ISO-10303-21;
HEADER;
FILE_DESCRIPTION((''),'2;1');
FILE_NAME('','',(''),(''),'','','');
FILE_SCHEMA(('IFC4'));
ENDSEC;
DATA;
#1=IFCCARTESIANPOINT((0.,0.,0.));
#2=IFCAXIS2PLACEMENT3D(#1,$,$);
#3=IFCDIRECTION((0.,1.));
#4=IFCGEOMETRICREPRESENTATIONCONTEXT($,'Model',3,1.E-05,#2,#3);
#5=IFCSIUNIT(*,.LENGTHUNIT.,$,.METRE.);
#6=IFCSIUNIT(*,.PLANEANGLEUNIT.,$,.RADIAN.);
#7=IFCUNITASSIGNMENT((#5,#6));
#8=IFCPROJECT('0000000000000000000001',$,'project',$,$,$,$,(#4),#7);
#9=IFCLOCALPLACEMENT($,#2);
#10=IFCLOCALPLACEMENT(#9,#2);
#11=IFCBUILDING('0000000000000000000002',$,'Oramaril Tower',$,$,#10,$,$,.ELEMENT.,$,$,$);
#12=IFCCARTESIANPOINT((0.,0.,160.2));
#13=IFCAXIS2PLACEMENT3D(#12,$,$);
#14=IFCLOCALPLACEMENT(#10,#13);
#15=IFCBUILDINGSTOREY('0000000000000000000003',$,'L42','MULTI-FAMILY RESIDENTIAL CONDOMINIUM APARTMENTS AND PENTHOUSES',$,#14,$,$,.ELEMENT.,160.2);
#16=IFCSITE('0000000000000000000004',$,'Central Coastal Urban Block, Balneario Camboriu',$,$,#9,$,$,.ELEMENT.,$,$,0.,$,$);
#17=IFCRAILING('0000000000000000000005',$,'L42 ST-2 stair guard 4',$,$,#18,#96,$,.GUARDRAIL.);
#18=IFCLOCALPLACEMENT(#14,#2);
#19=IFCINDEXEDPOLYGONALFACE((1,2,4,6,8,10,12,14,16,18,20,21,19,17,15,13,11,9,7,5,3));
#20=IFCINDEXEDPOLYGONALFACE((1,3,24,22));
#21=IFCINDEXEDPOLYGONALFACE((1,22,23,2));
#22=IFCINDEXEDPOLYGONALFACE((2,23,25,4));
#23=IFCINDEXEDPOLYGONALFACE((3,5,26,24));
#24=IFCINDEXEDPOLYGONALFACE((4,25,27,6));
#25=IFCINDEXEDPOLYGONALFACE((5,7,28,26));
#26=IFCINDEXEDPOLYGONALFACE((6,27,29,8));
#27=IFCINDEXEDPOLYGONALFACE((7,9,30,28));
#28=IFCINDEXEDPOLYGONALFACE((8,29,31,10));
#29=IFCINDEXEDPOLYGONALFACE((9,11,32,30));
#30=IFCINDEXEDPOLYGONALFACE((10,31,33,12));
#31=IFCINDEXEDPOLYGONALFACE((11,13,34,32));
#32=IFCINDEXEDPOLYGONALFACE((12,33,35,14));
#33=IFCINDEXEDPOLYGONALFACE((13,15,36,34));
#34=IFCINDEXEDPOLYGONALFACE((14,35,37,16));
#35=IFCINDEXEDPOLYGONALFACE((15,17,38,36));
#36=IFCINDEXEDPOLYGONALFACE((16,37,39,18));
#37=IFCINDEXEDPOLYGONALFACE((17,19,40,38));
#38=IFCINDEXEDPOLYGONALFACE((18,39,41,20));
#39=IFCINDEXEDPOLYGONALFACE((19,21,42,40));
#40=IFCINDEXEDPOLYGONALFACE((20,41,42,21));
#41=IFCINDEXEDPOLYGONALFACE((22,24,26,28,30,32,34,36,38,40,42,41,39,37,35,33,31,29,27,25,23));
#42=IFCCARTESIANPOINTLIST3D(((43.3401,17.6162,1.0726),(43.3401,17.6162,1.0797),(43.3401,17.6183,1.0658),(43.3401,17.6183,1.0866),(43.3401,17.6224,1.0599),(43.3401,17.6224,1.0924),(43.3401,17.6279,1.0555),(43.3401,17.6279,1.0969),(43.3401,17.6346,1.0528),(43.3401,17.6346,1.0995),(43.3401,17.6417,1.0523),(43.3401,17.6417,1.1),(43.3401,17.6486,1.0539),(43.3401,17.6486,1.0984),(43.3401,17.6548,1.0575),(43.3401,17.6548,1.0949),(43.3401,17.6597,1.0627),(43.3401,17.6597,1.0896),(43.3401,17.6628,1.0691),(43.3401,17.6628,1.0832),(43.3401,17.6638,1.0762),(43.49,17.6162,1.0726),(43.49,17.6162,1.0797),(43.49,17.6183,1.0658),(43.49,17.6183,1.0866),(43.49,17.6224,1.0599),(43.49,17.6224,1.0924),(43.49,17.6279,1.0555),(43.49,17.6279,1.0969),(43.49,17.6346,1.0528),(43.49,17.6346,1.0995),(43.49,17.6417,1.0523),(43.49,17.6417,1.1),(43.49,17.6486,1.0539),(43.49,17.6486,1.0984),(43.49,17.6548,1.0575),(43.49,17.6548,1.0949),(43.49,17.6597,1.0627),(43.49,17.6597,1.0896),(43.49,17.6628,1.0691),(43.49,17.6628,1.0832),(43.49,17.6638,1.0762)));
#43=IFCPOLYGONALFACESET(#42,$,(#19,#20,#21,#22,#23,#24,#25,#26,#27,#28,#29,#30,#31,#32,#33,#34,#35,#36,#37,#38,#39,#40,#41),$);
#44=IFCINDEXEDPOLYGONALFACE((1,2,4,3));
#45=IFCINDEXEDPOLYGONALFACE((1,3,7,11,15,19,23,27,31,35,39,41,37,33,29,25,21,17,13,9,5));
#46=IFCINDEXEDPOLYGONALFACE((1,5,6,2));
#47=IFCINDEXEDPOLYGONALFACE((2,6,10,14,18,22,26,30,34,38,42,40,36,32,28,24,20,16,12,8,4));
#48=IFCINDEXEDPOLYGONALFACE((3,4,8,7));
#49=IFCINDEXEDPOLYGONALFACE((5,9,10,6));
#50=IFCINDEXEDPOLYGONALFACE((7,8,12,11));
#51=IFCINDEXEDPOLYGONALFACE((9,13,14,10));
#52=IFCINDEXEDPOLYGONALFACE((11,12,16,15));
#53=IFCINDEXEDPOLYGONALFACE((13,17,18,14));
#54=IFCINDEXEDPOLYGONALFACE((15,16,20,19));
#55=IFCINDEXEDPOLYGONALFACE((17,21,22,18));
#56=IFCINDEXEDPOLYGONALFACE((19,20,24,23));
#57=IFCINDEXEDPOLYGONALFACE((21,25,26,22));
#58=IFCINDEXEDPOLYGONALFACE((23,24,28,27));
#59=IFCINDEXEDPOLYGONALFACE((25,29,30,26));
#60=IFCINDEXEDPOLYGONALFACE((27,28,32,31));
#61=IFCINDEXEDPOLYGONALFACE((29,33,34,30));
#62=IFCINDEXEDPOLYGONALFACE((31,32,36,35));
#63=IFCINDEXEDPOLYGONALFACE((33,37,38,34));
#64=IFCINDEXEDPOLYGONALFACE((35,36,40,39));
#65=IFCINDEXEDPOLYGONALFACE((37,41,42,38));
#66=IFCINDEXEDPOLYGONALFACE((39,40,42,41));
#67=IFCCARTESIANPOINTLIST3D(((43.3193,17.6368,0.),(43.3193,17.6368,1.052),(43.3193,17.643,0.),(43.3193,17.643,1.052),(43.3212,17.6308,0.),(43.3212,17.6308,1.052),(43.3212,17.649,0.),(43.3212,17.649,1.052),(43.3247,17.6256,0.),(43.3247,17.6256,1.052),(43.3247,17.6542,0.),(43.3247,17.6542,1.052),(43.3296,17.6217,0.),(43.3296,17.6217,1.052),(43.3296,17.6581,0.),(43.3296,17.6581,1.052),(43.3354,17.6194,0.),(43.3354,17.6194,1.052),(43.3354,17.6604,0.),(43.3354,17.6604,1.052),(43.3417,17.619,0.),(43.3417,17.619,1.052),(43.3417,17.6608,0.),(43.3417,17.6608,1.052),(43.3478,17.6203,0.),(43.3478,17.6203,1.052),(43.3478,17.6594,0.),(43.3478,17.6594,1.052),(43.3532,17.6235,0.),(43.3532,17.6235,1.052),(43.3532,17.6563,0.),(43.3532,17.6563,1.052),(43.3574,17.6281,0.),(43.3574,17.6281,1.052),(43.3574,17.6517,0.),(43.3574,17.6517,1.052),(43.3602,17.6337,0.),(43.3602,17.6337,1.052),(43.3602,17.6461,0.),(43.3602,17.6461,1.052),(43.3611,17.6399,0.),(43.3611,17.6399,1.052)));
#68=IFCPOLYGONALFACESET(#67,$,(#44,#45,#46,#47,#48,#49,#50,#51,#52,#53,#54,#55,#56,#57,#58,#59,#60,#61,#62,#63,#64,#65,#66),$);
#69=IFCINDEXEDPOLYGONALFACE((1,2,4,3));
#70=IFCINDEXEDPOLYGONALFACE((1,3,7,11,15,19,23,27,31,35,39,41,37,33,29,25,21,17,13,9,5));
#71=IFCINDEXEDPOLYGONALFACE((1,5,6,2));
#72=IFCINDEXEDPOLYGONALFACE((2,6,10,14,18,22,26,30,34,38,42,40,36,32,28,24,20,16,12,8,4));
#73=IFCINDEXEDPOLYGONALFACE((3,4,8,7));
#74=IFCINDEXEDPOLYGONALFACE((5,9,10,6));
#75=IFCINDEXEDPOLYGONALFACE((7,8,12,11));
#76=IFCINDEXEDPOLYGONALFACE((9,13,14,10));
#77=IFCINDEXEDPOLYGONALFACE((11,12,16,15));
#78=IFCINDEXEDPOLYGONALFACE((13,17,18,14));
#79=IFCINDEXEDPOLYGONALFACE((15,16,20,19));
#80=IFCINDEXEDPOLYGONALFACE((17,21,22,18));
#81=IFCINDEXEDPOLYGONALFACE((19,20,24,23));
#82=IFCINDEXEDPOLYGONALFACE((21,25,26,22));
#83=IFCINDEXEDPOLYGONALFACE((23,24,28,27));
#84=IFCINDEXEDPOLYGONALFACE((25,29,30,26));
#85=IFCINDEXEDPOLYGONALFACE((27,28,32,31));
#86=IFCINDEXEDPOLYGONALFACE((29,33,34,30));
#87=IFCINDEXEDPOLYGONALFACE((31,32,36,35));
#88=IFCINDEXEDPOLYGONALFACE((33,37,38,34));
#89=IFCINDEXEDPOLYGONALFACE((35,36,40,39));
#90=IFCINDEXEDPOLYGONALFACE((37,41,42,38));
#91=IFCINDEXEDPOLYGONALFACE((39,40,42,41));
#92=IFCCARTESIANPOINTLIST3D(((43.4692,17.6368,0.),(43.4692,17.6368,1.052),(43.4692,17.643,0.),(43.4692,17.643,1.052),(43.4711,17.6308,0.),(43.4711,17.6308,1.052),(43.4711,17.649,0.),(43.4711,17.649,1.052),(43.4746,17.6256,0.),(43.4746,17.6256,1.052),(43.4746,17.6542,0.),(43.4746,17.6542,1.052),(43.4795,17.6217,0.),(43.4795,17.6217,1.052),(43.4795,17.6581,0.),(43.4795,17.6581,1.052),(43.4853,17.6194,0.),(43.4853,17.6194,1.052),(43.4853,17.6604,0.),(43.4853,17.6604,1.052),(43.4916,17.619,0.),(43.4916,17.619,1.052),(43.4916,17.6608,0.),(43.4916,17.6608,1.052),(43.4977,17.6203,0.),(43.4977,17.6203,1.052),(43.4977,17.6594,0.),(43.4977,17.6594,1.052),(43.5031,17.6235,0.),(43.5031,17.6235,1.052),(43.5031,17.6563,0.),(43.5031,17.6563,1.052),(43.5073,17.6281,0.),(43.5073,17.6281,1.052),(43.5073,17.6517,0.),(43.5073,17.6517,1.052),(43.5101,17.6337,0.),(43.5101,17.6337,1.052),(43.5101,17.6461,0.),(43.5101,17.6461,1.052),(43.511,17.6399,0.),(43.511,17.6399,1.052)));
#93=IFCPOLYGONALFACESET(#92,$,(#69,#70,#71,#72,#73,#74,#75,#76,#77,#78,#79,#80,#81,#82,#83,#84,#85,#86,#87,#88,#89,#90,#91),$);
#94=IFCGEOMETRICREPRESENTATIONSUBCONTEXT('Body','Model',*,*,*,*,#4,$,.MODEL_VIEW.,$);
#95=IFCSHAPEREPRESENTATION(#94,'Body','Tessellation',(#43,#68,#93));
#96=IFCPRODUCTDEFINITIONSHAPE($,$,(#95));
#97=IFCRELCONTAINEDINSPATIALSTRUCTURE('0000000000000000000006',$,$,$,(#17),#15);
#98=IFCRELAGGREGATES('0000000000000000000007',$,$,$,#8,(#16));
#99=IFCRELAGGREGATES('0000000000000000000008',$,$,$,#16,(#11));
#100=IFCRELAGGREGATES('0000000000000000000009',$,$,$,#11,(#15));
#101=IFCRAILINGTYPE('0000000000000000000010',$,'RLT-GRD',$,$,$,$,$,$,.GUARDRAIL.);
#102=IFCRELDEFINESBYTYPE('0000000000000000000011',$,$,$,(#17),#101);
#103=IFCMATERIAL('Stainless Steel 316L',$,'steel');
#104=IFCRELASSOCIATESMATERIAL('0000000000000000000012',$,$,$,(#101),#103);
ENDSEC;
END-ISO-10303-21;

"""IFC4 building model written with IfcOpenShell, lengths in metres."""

from ifc_helpers import new_model, si_unit, direction, frame, origin, origin_2d, place, context, subcontext, project, spatial, circle, extrude, material, type_object, element, save


model = new_model("IFC4")

# Units and contexts
model_context = context("Model", 3, precision=1e-05, world=origin(), true_north=direction((0.0, 1.0)))
body_context = subcontext(model_context, "Body", "Model", "MODEL_VIEW")
ifc_project = project(units=[si_unit("LENGTHUNIT", "METRE"), si_unit("PLANEANGLEUNIT", "RADIAN")], contexts=[model_context])

# Site, building, storey
site_placement = place(None, origin())
site = spatial("IfcSite", under=ifc_project, at=site_placement, Name="Central Coastal Urban Block, Balneario Camboriu", CompositionType="ELEMENT", RefElevation=0.0)
building_placement = place(site_placement, origin())
building = spatial("IfcBuilding", under=site, at=building_placement, Name="Oramaril Tower", CompositionType="ELEMENT")
storey_placement = place(building_placement, frame((0.0, 0.0, 160.2)))
storey = spatial("IfcBuildingStorey", under=building, at=storey_placement, Name="L42", Description="MULTI-FAMILY RESIDENTIAL CONDOMINIUM APARTMENTS AND PENTHOUSES", CompositionType="ELEMENT", Elevation=160.2)

# Railing
ifc_material_1 = material(Name="Stainless Steel 316L", Category="steel")
railing_type_1 = type_object("IfcRailingType", Name="RLT-GRD", PredefinedType="GUARDRAIL", material=ifc_material_1)
railing_1_placement = place(storey_placement, frame((43.3401, 17.6399, 0.0)))
element("IfcRailing", 1, at=railing_1_placement, inside=storey, type_object=railing_type_1, Name="L42 ST-2 stair guard 4", PredefinedType="GUARDRAIL", context=body_context, shape_type="SweptSolid", body=[
    extrude(circle(Radius=0.0239, at=origin_2d()), frame((0.0, 0.0, 1.0762), z_axis=(1.0, 0.0, 0.0), x_axis=(0.0, 1.0, 0.0)), (0.0, 0.0, 1.0), 0.1499),
    extrude(circle(Radius=0.021, at=origin_2d()), origin(), (0.0, 0.0, 1.0), 1.052),
    extrude(circle(Radius=0.021, at=origin_2d()), frame((0.1499, 0.0, 0.0)), (0.0, 0.0, 1.0), 1.052),
])

save(model, "model.ifc")
